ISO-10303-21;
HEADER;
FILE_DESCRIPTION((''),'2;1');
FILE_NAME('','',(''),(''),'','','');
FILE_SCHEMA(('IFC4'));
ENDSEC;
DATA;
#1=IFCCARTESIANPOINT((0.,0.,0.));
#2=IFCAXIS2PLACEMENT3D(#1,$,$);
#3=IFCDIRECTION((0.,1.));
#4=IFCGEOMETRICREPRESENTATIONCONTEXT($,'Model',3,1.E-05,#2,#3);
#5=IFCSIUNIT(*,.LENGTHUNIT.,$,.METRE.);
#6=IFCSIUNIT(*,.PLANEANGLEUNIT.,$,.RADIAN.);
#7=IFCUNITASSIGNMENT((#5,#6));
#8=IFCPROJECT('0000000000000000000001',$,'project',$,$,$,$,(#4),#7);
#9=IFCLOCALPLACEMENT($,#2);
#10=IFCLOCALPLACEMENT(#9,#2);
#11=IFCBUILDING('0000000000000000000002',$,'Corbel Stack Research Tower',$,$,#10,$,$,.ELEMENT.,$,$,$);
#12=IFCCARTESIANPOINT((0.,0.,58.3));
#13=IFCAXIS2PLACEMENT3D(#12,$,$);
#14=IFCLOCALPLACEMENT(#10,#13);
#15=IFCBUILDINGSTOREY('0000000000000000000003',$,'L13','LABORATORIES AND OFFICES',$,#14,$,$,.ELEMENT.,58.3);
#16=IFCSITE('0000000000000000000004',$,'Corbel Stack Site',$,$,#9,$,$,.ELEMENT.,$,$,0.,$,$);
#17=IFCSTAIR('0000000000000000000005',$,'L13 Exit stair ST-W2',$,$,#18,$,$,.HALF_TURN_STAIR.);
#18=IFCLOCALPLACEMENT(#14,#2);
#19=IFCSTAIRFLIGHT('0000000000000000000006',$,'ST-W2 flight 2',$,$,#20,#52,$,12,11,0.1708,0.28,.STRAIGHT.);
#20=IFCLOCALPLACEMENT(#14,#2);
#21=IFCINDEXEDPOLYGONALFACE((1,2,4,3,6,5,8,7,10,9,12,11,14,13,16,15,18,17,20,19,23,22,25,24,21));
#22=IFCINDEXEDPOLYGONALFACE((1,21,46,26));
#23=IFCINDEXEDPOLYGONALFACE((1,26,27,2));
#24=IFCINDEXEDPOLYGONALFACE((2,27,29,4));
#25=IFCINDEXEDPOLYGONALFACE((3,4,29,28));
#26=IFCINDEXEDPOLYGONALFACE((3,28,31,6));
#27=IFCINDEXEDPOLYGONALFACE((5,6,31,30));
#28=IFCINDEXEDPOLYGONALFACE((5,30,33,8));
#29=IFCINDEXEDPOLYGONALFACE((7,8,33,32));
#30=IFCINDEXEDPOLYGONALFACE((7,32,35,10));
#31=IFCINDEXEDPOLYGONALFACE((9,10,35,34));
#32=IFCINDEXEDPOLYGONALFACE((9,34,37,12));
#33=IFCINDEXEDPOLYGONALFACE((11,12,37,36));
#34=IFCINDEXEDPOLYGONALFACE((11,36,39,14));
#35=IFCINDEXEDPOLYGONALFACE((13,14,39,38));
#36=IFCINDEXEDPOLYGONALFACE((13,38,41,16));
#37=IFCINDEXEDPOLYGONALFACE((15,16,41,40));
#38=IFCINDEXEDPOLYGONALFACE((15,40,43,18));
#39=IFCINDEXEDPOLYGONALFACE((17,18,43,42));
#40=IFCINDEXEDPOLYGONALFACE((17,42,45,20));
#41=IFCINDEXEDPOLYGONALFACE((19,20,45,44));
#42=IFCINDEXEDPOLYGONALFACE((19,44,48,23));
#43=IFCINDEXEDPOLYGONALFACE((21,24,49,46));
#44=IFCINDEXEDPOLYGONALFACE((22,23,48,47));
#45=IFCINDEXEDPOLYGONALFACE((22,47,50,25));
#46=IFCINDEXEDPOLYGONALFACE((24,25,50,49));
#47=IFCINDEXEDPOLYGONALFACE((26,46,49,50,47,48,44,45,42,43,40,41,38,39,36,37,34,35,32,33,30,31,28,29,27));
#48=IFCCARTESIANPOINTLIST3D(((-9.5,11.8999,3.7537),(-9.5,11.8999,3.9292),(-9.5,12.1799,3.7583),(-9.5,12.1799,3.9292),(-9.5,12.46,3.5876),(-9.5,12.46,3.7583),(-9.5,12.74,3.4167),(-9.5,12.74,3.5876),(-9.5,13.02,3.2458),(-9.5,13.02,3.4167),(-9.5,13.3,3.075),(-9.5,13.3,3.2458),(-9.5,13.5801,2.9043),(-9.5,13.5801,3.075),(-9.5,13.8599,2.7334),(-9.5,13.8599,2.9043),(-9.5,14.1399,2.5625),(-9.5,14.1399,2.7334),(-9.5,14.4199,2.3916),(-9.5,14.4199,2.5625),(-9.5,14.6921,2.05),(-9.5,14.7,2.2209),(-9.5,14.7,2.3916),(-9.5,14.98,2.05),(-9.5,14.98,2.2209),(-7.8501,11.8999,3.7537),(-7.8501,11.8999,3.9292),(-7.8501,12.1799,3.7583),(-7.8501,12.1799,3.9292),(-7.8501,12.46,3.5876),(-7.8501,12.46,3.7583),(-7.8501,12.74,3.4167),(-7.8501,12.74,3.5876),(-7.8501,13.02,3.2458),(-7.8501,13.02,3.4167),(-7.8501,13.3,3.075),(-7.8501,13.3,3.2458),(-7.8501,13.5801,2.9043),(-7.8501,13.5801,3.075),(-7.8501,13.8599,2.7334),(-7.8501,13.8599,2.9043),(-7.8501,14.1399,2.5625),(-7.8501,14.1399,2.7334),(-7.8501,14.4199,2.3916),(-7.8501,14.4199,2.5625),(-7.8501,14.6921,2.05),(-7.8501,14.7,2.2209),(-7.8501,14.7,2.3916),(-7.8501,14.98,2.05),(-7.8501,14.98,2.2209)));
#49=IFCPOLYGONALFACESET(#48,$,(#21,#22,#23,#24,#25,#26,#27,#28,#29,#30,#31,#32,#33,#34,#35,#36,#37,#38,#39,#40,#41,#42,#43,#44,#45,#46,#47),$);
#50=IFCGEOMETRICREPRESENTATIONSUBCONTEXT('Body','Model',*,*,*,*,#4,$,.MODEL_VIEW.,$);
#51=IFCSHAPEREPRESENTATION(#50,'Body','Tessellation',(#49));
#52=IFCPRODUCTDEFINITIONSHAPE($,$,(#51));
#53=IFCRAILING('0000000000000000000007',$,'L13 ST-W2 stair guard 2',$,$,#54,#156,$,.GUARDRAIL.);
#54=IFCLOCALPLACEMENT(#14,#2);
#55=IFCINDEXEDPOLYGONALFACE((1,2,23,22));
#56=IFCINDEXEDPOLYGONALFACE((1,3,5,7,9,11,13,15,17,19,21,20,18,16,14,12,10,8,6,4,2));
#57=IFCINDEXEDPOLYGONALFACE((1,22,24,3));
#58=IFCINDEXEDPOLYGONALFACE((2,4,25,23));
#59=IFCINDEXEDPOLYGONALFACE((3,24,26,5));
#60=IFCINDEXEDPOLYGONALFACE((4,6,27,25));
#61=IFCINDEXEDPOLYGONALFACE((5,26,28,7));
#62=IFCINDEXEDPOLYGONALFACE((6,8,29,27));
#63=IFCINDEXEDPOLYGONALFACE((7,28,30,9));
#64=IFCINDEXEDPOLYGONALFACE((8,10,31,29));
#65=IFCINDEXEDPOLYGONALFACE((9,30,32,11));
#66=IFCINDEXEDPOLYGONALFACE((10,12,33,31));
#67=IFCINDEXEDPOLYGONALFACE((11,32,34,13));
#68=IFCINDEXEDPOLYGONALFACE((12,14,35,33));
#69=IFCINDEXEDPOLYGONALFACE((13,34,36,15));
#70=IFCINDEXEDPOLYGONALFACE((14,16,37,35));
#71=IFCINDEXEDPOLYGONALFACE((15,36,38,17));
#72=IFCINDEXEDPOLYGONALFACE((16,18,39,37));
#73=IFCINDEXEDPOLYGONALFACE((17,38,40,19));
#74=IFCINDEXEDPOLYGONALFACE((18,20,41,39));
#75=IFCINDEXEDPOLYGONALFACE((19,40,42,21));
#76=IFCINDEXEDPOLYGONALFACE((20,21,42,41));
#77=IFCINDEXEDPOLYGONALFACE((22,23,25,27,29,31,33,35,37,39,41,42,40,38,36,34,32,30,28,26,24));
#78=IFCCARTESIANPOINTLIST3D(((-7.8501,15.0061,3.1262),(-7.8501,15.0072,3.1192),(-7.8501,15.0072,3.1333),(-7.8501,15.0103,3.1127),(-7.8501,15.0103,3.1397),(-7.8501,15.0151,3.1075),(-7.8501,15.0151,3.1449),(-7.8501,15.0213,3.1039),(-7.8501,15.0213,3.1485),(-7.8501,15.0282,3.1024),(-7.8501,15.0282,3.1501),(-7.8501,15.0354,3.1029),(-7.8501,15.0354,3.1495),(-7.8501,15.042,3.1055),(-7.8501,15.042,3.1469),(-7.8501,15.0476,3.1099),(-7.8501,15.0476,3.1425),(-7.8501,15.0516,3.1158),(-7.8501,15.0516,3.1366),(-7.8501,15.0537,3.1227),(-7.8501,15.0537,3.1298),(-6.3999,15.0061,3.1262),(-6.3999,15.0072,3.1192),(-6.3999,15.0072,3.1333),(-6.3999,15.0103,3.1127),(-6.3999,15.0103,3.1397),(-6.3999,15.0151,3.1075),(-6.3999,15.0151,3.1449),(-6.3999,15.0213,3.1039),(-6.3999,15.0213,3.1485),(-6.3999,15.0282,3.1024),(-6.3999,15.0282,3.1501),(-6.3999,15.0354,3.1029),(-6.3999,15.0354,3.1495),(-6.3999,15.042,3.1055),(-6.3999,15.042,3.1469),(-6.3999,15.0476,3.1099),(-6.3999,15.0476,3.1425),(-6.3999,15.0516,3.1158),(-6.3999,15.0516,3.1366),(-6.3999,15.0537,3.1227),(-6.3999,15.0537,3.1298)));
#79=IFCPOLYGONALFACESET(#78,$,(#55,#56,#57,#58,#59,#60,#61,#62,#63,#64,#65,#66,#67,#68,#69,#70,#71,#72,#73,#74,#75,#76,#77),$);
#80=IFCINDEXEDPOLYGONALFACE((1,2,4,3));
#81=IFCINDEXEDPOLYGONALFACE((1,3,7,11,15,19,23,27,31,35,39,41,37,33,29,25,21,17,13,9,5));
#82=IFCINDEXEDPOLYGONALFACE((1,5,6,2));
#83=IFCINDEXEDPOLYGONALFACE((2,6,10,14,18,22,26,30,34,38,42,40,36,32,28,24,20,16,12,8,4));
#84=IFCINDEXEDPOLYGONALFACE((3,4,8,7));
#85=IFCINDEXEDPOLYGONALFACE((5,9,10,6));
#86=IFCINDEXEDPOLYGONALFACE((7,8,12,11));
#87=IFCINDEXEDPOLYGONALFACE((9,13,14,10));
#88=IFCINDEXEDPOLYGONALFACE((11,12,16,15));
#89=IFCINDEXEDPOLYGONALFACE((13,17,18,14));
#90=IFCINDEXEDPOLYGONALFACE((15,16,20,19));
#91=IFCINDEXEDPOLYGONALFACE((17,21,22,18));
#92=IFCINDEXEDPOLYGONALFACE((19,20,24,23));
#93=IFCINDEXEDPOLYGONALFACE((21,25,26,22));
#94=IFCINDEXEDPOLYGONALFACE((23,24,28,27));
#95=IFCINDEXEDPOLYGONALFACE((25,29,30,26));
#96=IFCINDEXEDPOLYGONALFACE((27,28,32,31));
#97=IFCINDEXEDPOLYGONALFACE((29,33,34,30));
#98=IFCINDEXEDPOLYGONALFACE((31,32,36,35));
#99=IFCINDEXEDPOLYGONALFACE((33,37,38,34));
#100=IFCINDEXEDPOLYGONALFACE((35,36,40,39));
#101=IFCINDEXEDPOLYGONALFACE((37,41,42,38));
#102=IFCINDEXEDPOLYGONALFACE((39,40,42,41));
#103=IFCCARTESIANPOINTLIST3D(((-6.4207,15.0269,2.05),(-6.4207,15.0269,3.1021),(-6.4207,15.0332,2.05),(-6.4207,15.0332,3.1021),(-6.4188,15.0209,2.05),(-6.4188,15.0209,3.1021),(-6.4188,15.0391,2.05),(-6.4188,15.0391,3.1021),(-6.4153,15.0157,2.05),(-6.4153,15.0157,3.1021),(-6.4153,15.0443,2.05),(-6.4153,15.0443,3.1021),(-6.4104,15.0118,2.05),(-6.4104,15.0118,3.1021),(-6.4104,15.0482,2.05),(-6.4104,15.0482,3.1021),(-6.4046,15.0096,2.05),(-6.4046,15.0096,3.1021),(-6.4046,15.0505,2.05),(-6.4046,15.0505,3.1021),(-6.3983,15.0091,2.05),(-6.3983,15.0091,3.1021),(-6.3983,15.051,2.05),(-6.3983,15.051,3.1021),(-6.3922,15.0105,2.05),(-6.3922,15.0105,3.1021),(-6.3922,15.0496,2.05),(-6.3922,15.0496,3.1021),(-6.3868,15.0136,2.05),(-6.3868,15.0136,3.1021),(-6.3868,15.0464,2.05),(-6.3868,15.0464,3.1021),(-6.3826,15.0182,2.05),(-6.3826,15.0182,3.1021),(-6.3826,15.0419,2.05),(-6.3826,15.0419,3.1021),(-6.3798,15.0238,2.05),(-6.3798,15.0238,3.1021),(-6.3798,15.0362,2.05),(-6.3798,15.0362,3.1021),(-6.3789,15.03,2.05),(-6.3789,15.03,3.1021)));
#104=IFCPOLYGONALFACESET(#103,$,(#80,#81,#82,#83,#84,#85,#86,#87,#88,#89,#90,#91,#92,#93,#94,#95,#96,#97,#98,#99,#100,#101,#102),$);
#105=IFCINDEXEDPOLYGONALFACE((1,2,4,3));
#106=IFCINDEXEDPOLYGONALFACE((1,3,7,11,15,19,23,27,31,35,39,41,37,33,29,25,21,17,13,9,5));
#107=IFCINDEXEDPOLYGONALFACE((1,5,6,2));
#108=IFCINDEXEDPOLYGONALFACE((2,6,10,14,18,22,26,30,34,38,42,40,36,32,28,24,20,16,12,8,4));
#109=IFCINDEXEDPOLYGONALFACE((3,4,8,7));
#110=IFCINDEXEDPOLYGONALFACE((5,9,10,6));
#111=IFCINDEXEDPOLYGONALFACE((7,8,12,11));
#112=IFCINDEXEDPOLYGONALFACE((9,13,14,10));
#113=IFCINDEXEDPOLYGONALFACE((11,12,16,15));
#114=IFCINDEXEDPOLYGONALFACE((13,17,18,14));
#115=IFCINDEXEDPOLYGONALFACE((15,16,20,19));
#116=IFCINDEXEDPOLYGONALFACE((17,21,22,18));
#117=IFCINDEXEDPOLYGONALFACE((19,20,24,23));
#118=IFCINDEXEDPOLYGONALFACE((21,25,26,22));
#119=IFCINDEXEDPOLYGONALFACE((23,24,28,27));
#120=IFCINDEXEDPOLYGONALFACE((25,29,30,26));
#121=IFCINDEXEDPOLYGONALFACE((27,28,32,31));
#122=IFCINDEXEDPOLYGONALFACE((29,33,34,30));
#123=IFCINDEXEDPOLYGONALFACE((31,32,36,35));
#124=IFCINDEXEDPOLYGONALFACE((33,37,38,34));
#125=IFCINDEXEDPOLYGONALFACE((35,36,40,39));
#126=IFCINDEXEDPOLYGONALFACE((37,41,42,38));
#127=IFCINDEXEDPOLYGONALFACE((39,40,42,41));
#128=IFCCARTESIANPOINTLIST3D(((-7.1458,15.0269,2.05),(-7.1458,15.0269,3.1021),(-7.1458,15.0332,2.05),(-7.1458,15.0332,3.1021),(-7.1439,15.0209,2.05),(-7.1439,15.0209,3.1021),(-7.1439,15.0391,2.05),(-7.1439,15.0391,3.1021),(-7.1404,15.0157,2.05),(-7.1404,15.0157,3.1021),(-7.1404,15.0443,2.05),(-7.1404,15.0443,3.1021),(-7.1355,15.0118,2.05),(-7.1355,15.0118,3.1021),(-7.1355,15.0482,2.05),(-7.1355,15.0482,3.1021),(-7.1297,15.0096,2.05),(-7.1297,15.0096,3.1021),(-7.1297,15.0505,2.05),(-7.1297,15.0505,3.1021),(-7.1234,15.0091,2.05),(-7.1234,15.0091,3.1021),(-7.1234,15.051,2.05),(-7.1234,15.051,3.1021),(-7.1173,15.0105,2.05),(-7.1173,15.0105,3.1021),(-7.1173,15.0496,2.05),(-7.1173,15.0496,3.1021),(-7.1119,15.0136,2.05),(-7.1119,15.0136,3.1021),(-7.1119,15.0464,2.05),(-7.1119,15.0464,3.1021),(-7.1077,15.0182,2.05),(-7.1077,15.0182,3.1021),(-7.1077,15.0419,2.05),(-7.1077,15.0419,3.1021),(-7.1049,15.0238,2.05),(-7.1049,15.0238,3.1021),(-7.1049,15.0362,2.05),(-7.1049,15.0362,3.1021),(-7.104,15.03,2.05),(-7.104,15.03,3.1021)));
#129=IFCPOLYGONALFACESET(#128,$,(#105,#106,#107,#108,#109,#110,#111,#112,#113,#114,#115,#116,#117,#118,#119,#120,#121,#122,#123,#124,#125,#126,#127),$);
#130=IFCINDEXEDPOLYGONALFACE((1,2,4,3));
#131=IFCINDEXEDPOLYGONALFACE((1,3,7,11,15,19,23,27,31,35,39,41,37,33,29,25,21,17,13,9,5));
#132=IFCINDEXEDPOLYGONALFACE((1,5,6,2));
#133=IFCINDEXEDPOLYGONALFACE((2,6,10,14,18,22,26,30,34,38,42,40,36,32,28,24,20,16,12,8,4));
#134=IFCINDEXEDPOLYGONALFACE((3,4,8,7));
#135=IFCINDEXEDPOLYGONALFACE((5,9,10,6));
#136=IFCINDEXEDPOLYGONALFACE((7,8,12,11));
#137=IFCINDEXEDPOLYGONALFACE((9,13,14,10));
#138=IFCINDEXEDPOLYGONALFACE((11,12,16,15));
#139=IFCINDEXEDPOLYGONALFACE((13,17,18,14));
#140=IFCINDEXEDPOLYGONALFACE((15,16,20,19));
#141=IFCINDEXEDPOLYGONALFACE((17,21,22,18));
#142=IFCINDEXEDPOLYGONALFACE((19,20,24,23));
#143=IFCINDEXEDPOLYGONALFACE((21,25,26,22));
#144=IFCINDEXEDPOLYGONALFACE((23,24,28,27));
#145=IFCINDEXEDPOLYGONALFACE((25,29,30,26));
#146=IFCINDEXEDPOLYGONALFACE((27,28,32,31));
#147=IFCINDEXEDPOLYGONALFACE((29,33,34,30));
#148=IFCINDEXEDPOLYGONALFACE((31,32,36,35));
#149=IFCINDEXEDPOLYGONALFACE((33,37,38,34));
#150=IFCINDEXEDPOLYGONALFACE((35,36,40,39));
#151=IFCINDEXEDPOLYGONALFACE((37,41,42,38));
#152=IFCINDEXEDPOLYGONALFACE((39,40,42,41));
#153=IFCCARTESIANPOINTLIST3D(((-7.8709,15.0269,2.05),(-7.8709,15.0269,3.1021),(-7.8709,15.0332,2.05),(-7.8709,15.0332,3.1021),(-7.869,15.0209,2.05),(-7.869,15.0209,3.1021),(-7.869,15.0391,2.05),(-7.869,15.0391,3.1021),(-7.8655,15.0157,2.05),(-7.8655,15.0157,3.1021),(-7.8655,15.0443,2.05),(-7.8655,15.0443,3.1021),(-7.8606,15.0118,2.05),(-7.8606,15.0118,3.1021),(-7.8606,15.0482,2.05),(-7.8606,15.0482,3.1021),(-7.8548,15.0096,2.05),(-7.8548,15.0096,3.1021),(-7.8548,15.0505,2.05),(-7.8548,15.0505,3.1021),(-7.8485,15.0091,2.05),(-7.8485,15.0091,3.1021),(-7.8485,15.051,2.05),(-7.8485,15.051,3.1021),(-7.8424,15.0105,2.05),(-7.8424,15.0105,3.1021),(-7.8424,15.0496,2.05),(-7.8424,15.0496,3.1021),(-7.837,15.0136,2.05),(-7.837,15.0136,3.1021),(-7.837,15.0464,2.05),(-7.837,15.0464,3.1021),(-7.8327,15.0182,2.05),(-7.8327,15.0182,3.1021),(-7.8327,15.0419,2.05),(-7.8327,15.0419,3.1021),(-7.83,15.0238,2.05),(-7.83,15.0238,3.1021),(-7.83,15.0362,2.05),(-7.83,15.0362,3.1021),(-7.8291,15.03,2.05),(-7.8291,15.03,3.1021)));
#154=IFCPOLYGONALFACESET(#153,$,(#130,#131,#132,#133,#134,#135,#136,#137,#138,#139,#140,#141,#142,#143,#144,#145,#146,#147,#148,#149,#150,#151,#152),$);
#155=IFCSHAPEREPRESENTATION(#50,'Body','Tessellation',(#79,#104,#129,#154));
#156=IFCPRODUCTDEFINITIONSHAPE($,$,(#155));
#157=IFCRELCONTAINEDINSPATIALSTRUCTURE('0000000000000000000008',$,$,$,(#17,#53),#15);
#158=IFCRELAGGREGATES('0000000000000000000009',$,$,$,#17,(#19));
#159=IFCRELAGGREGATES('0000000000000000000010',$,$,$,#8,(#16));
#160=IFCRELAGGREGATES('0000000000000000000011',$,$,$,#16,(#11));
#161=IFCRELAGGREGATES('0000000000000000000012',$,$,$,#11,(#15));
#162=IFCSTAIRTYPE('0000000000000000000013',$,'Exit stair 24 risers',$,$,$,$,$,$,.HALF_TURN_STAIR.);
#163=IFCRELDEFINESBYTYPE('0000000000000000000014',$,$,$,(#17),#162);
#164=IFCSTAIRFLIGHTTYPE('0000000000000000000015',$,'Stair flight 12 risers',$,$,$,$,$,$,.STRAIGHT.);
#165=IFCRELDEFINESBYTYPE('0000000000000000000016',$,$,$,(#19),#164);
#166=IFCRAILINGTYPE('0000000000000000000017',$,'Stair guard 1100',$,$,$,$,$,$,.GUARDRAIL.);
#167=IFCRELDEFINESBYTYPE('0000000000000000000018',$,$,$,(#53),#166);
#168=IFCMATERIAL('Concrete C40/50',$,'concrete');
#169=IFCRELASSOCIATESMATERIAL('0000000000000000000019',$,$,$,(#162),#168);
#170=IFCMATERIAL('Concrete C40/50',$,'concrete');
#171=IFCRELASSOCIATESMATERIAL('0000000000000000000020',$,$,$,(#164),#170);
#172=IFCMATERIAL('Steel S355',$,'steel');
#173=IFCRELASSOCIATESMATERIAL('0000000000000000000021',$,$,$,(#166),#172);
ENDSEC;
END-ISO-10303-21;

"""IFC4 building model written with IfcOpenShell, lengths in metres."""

from ifc_helpers import new_model, si_unit, direction, frame, origin, origin_2d, place, context, subcontext, project, spatial, polyline, circle, outline, extrude, material, type_object, element, aggregate, save


model = new_model("IFC4")

# Units and contexts
model_context = context("Model", 3, precision=1e-05, world=origin(), true_north=direction((0.0, 1.0)))
body_context = subcontext(model_context, "Body", "Model", "MODEL_VIEW")
ifc_project = project(units=[si_unit("LENGTHUNIT", "METRE"), si_unit("PLANEANGLEUNIT", "RADIAN")], contexts=[model_context])

# Site, building, storey
site_placement = place(None, origin())
site = spatial("IfcSite", under=ifc_project, at=site_placement, Name="Corbel Stack Site", CompositionType="ELEMENT", RefElevation=0.0)
building_placement = place(site_placement, origin())
building = spatial("IfcBuilding", under=site, at=building_placement, Name="Corbel Stack Research Tower", CompositionType="ELEMENT")
storey_placement = place(building_placement, frame((0.0, 0.0, 58.3)))
storey = spatial("IfcBuildingStorey", under=building, at=storey_placement, Name="L13", Description="LABORATORIES AND OFFICES", CompositionType="ELEMENT", Elevation=58.3)

# Stair, stair flight
ifc_material_1 = material(Name="Concrete C40/50", Category="concrete")
stair_type = type_object("IfcStairType", Name="Exit stair 24 risers", PredefinedType="HALF_TURN_STAIR", material=ifc_material_1)
stair_placement = place(storey_placement, origin())
stair = element("IfcStair", 1, at=stair_placement, inside=storey, type_object=stair_type, Name="L13 Exit stair ST-W2", PredefinedType="HALF_TURN_STAIR")
ifc_material_2 = material(Name="Concrete C40/50", Category="concrete")
stair_flight_type = type_object("IfcStairFlightType", Name="Stair flight 12 risers", PredefinedType="STRAIGHT", material=ifc_material_2)
stair_flight_placement = place(storey_placement, frame((-8.675, 14.98, 2.05), z_axis=(0.0, 0.0, 1.0), x_axis=(0.0, -1.0, 0.0)))
stair_flight = element("IfcStairFlight", 2, at=stair_flight_placement, type_object=stair_flight_type, Name="ST-W2 flight 2", NumberOfRisers=12, NumberOfTreads=11, PredefinedType="STRAIGHT", RiserHeight=0.1708, TreadLength=0.28, context=body_context, shape_type="SweptSolid", body=[
    extrude(outline(polyline([(0.0, 0.0), (0.0, 0.1709), (0.28, 0.1709), (0.28, 0.3416), (0.5601, 0.3416), (0.5601, 0.5125), (0.8401, 0.5125), (0.8401, 0.6833), (1.1201, 0.6833), (1.1201, 0.8542), (1.3999, 0.8542), (1.3999, 1.0249), (1.6799, 1.0249), (1.6799, 1.1958), (1.96, 1.1958), (1.96, 1.3667), (2.24, 1.3667), (2.24, 1.5376), (2.52, 1.5376), (2.52, 1.7083), (2.8, 1.7083), (2.8, 1.8792), (3.0801, 1.8792), (3.0801, 2.05), (3.0801, 1.7036), (0.2878, 0.0), (0.0, 0.0)])), frame((0.0, 0.825, 0.0), z_axis=(0.0, -1.0, 0.0), x_axis=(1.0, 0.0, 0.0)), (0.0, 0.0, 1.0), 1.6499),
])
aggregate(stair, [stair_flight])

# Railing
ifc_material_3 = material(Name="Steel S355", Category="steel")
railing_type_1 = type_object("IfcRailingType", Name="Stair guard 1100", PredefinedType="GUARDRAIL", material=ifc_material_3)
railing_1_placement = place(storey_placement, frame((-6.3999, 15.03, 2.05)))
element("IfcRailing", 3, at=railing_1_placement, inside=storey, type_object=railing_type_1, Name="L13 ST-W2 stair guard 2", PredefinedType="GUARDRAIL", context=body_context, shape_type="SweptSolid", body=[
    extrude(circle(Radius=0.0239, at=origin_2d()), frame((0.0, 0.0, 1.0762), z_axis=(-1.0, 0.0, 0.0), x_axis=(0.0, -1.0, 0.0)), (0.0, 0.0, 1.0), 1.4502),
    extrude(circle(Radius=0.021, at=origin_2d()), origin(), (0.0, 0.0, 1.0), 1.052),
    extrude(circle(Radius=0.021, at=origin_2d()), frame((-0.7251, 0.0, 0.0)), (0.0, 0.0, 1.0), 1.052),
    extrude(circle(Radius=0.021, at=origin_2d()), frame((-1.4502, 0.0, 0.0)), (0.0, 0.0, 1.0), 1.052),
])

save(model, "model.ifc")
